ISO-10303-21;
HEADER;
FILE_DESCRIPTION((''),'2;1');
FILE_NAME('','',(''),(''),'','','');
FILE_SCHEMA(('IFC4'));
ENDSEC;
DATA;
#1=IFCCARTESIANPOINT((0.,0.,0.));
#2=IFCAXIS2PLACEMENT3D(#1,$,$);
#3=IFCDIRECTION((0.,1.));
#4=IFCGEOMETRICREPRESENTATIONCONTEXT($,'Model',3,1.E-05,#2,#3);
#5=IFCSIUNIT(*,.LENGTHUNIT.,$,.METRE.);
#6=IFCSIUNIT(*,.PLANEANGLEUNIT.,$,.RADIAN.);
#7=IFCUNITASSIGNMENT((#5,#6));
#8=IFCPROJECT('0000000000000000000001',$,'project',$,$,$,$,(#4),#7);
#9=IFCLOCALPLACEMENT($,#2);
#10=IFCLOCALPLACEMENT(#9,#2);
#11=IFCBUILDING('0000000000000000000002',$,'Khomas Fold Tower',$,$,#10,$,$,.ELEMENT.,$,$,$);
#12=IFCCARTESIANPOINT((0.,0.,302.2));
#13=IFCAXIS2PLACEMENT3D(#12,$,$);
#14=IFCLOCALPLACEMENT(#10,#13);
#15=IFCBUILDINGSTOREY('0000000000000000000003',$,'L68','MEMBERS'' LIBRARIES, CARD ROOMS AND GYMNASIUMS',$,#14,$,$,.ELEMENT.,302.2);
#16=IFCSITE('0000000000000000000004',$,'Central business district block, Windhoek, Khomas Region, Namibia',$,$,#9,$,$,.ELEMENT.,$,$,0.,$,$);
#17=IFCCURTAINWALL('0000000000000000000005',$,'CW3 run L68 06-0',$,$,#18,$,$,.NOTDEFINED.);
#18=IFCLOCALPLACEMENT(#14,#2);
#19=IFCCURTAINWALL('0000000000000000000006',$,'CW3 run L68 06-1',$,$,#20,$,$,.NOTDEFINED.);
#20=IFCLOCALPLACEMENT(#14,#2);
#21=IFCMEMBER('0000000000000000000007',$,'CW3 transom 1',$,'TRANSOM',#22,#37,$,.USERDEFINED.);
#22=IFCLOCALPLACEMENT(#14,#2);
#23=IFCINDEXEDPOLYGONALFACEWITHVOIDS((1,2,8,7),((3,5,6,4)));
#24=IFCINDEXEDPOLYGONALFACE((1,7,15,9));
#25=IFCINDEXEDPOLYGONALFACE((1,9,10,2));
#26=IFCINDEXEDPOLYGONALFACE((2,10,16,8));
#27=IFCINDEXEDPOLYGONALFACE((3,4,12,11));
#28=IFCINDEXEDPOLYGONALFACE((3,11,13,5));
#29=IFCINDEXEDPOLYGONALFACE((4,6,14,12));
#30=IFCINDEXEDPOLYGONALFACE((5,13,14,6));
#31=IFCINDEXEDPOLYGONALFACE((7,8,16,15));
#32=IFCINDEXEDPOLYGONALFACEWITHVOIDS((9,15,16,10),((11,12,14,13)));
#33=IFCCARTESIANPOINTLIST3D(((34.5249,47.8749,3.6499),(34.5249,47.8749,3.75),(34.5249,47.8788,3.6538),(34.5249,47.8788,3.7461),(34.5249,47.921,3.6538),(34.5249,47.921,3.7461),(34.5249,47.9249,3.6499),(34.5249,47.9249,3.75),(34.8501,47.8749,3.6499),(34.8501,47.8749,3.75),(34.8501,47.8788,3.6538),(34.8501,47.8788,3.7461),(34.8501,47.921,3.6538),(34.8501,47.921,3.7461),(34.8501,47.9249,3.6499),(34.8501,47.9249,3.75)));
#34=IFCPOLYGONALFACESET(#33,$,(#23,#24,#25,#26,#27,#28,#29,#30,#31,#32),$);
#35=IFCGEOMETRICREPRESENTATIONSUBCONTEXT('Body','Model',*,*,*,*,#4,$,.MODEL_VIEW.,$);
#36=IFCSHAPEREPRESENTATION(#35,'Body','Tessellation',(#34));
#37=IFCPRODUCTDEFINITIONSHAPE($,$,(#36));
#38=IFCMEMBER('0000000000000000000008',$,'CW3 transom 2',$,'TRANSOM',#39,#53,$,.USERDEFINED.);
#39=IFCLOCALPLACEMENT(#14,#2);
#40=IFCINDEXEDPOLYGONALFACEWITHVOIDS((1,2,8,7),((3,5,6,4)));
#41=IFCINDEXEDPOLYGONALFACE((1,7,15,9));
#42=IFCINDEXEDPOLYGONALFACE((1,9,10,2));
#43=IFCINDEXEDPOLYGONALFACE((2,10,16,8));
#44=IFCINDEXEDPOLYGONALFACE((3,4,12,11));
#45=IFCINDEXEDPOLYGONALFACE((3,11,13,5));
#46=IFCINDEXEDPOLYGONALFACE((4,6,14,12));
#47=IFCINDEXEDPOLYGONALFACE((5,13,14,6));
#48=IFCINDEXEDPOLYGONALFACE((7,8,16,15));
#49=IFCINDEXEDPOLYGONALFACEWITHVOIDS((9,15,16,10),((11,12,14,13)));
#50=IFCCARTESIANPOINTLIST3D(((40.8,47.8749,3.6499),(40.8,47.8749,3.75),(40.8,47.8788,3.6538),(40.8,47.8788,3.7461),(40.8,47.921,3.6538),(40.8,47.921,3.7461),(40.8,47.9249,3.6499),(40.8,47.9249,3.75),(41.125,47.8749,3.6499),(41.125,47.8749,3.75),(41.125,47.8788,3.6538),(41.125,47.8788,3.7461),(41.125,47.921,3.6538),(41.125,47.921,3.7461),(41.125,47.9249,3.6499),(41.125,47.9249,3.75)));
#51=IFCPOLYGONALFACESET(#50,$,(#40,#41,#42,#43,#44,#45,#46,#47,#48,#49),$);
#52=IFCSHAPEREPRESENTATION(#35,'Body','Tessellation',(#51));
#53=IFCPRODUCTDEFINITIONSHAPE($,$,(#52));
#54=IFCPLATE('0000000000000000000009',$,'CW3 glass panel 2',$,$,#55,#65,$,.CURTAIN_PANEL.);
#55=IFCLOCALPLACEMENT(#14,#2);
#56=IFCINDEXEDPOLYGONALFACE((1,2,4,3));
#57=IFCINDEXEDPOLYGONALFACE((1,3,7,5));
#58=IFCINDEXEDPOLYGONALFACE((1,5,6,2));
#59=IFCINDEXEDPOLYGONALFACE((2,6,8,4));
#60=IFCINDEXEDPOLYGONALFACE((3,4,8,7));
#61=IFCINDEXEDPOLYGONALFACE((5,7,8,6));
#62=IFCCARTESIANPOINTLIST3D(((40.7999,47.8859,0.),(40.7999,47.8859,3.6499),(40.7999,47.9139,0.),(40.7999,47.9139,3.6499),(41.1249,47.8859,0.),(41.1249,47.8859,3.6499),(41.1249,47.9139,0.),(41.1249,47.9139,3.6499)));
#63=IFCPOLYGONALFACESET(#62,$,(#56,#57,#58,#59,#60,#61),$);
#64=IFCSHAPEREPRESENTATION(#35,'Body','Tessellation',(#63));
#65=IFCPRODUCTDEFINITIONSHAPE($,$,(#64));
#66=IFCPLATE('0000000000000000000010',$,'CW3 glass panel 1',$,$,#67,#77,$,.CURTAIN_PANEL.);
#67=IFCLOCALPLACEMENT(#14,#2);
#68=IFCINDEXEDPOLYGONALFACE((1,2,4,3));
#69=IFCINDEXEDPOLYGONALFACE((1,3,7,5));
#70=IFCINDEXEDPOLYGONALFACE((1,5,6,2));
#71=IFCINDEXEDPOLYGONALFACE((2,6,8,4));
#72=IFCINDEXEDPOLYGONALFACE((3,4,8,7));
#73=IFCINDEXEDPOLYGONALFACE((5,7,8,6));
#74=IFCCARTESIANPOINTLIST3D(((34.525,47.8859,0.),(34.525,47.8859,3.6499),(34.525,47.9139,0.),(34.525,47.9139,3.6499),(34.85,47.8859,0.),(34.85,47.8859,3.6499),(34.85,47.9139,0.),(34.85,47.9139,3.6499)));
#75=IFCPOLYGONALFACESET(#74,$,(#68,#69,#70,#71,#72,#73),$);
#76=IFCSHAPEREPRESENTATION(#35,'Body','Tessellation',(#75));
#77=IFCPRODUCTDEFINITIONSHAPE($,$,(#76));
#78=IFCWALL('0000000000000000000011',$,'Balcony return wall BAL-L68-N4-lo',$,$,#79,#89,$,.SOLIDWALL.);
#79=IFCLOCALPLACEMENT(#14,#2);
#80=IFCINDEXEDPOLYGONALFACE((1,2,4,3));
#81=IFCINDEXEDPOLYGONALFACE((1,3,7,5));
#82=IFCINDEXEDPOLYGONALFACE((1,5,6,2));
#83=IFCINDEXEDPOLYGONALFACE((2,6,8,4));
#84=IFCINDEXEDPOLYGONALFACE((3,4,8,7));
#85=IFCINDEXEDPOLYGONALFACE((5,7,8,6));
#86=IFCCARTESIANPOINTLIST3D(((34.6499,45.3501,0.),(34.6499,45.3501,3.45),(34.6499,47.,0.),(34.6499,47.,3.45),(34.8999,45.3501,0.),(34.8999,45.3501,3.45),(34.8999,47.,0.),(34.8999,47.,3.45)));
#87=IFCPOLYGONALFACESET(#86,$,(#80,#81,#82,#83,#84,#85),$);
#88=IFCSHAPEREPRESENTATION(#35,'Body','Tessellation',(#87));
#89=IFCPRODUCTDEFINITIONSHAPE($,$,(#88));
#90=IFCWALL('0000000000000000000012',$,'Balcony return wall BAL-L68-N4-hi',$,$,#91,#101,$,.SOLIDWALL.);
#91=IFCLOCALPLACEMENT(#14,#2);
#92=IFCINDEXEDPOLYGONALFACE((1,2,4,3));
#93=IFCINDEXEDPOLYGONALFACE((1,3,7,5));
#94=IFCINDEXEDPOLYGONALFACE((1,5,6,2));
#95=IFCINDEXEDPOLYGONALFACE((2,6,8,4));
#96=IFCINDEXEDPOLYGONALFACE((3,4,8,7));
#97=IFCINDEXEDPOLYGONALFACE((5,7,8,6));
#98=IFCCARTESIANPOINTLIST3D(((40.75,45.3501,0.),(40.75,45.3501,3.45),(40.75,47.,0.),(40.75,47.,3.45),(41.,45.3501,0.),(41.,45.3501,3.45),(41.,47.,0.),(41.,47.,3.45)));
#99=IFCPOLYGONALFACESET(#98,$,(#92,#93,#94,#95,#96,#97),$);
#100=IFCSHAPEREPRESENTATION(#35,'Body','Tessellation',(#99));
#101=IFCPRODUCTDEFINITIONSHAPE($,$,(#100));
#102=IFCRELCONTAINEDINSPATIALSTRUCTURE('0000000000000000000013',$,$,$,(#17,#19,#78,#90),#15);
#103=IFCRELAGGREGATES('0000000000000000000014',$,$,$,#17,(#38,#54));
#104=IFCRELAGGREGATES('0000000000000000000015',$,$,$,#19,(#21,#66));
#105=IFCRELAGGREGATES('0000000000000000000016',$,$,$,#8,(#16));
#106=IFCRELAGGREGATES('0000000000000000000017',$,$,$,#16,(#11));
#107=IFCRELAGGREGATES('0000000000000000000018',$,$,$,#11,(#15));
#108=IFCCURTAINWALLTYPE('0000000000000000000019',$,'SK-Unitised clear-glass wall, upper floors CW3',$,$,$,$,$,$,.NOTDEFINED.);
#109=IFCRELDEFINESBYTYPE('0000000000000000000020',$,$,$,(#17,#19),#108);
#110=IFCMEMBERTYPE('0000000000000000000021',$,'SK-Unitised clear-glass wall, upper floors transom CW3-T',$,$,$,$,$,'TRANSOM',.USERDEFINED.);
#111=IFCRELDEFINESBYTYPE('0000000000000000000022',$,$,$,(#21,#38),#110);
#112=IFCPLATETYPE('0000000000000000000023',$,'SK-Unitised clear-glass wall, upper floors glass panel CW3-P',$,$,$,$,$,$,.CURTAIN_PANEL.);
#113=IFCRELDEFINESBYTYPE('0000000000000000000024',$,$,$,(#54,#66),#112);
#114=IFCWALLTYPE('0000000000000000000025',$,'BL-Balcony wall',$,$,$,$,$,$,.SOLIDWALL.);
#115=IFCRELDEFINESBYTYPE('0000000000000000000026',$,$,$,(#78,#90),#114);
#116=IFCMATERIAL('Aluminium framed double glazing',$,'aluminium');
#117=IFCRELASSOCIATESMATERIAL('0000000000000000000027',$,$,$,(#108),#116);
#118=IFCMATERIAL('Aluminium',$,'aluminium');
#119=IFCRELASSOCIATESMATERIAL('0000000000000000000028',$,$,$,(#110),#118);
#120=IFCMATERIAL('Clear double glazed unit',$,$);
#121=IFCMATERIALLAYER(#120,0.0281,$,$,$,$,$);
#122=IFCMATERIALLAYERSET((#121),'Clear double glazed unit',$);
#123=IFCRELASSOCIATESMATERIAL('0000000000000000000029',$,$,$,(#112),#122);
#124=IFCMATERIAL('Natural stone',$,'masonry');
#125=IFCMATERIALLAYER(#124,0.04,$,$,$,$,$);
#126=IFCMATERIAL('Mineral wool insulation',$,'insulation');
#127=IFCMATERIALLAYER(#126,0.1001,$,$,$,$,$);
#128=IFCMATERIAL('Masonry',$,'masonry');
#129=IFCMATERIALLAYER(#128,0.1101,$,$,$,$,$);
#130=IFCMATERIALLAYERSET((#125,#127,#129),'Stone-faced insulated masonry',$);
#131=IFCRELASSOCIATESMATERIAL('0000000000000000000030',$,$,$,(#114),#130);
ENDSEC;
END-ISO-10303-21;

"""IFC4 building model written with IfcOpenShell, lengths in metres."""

from ifc_helpers import new_model, si_unit, direction, frame, frame_2d, origin, origin_2d, place, context, subcontext, project, spatial, rectangle, hollow_rectangle, extrude, source, transform, mapped, material, layer, layer_set, material_profile, profile_set, type_object, element, aggregate, save


model = new_model("IFC4")

# Units and contexts
model_context = context("Model", 3, precision=1e-05, world=origin(), true_north=direction((0.0, 1.0)))
body_context = subcontext(model_context, "Body", "Model", "MODEL_VIEW")
ifc_project = project(units=[si_unit("LENGTHUNIT", "METRE"), si_unit("PLANEANGLEUNIT", "RADIAN")], contexts=[model_context])

# Site, building, storey
site_placement = place(None, origin())
site = spatial("IfcSite", under=ifc_project, at=site_placement, Name="Central business district block, Windhoek, Khomas Region, Namibia", CompositionType="ELEMENT", RefElevation=0.0)
building_placement = place(site_placement, origin())
building = spatial("IfcBuilding", under=site, at=building_placement, Name="Khomas Fold Tower", CompositionType="ELEMENT")
storey_placement = place(building_placement, frame((0.0, 0.0, 302.2)))
storey = spatial("IfcBuildingStorey", under=building, at=storey_placement, Name="L68", Description="MEMBERS' LIBRARIES, CARD ROOMS AND GYMNASIUMS", CompositionType="ELEMENT", Elevation=302.2)

# Curtain wall
ifc_material_1 = material(Name="Aluminium framed double glazing", Category="aluminium")
curtain_wall_type = type_object("IfcCurtainWallType", Name="SK-Unitised clear-glass wall, upper floors CW3", PredefinedType="NOTDEFINED", material=ifc_material_1)
curtain_wall_1_placement = place(storey_placement, origin())
curtain_wall_1 = element("IfcCurtainWall", 1, at=curtain_wall_1_placement, inside=storey, type_object=curtain_wall_type, Name="CW3 run L68 06-0", PredefinedType="NOTDEFINED")

# Curtain wall, member
curtain_wall_2_placement = place(storey_placement, origin())
curtain_wall_2 = element("IfcCurtainWall", 2, at=curtain_wall_2_placement, inside=storey, type_object=curtain_wall_type, Name="CW3 run L68 06-1", PredefinedType="NOTDEFINED")
ifc_material_2 = material(Name="Aluminium", Category="aluminium")
ifc_material_profile_1 = material_profile(ifc_material_2, hollow_rectangle(XDim=0.05, YDim=0.1001, WallThickness=0.0039, at=origin_2d()), Name="SK-Unitised clear-glass wall, upper floors transom CW3-T")
ifc_profile_set_1 = profile_set([ifc_material_profile_1], Name="Aluminium")
member_type_1 = type_object("IfcMemberType", Name="SK-Unitised clear-glass wall, upper floors transom CW3-T", ElementType="TRANSOM", PredefinedType="USERDEFINED", material=ifc_profile_set_1)
shared_shape_1 = source(origin(), body_context, "Body", "SweptSolid", [
    extrude(hollow_rectangle(XDim=0.05, YDim=0.1001, WallThickness=0.0039, at=origin_2d()), origin(), (0.0, 0.0, 1.0), 0.3252),
])
member_1_placement = place(storey_placement, frame((34.8501, 47.8999, 3.7), z_axis=(-1.0, 0.0, 0.0), x_axis=(0.0, -1.0, 0.0)))
member_1 = element("IfcMember", 3, at=member_1_placement, type_object=member_type_1, Name="CW3 transom 1", ObjectType="TRANSOM", PredefinedType="USERDEFINED", context=body_context, shape_type="MappedRepresentation", body=[
    mapped(shared_shape_1, transform((0.0, 0.0, 0.0))),
])

# Member
shared_shape_2 = source(origin(), body_context, "Body", "SweptSolid", [
    extrude(hollow_rectangle(XDim=0.05, YDim=0.1001, WallThickness=0.0039, at=origin_2d()), origin(), (0.0, 0.0, 1.0), 0.325),
])
member_2_placement = place(storey_placement, frame((41.125, 47.8999, 3.7), z_axis=(-1.0, 0.0, 0.0), x_axis=(0.0, -1.0, 0.0)))
member_2 = element("IfcMember", 4, at=member_2_placement, type_object=member_type_1, Name="CW3 transom 2", ObjectType="TRANSOM", PredefinedType="USERDEFINED", context=body_context, shape_type="MappedRepresentation", body=[
    mapped(shared_shape_2, transform((0.0, 0.0, 0.0))),
])

# Plates
ifc_material_3 = material(Name="Clear double glazed unit")
ifc_layer_1 = layer(ifc_material_3, 0.0281)
ifc_layer_set_1 = layer_set([ifc_layer_1], Name="Clear double glazed unit")
plate_type = type_object("IfcPlateType", Name="SK-Unitised clear-glass wall, upper floors glass panel CW3-P", PredefinedType="CURTAIN_PANEL", material=ifc_layer_set_1)
shared_shape_3 = source(origin(), body_context, "Body", "SweptSolid", [
    extrude(rectangle(XDim=0.325, YDim=0.0281, at=origin_2d()), origin(), (0.0, 0.0, 1.0), 3.6499),
])
plate_1_placement = place(storey_placement, frame((40.9624, 47.8999, 0.0), z_axis=(0.0, 0.0, 1.0), x_axis=(-1.0, 0.0, 0.0)))
plate_1 = element("IfcPlate", 5, at=plate_1_placement, type_object=plate_type, Name="CW3 glass panel 2", PredefinedType="CURTAIN_PANEL", context=body_context, shape_type="MappedRepresentation", body=[
    mapped(shared_shape_3, transform((0.0, 0.0, 0.0))),
])
aggregate(curtain_wall_1, [member_2, plate_1])
plate_2_placement = place(storey_placement, frame((34.6875, 47.8999, 0.0), z_axis=(0.0, 0.0, 1.0), x_axis=(-1.0, 0.0, 0.0)))
plate_2 = element("IfcPlate", 6, at=plate_2_placement, type_object=plate_type, Name="CW3 glass panel 1", PredefinedType="CURTAIN_PANEL", context=body_context, shape_type="MappedRepresentation", body=[
    mapped(shared_shape_3, transform((0.0, 0.0, 0.0))),
])
aggregate(curtain_wall_2, [member_1, plate_2])

# Shared definitions
ifc_material_4 = material(Name="Natural stone", Category="masonry")
ifc_layer_2 = layer(ifc_material_4, 0.04)
ifc_material_5 = material(Name="Mineral wool insulation", Category="insulation")
ifc_layer_3 = layer(ifc_material_5, 0.1001)
ifc_material_6 = material(Name="Masonry", Category="masonry")
ifc_layer_4 = layer(ifc_material_6, 0.1101)
ifc_layer_set_2 = layer_set([ifc_layer_2, ifc_layer_3, ifc_layer_4], Name="Stone-faced insulated masonry")
wall_type = type_object("IfcWallType", Name="BL-Balcony wall", PredefinedType="SOLIDWALL", material=ifc_layer_set_2)

# Walls
shared_shape_4 = source(origin(), body_context, "Body", "SweptSolid", [
    extrude(rectangle(XDim=1.6499, YDim=0.25, at=frame_2d((0.825, 0.0))), origin(), (0.0, 0.0, 1.0), 3.45),
])
for number, where, z_axis, x_axis, name in (
    (7, (34.7749, 47.0, 0.0), (0.0, 0.0, 1.0), (0.0, -1.0, 0.0), "Balcony return wall BAL-L68-N4-lo"),
    (8, (40.875, 47.0, 0.0), (0.0, 0.0, 1.0), (0.0, -1.0, 0.0), "Balcony return wall BAL-L68-N4-hi"),
):
    element("IfcWall", number, at=place(storey_placement, frame(where, z_axis=z_axis, x_axis=x_axis)), inside=storey, type_object=wall_type, Name=name, PredefinedType="SOLIDWALL", context=body_context, shape_type="MappedRepresentation", body=[
        mapped(shared_shape_4, transform((0.0, 0.0, 0.0))),
    ])

save(model, "model.ifc")
